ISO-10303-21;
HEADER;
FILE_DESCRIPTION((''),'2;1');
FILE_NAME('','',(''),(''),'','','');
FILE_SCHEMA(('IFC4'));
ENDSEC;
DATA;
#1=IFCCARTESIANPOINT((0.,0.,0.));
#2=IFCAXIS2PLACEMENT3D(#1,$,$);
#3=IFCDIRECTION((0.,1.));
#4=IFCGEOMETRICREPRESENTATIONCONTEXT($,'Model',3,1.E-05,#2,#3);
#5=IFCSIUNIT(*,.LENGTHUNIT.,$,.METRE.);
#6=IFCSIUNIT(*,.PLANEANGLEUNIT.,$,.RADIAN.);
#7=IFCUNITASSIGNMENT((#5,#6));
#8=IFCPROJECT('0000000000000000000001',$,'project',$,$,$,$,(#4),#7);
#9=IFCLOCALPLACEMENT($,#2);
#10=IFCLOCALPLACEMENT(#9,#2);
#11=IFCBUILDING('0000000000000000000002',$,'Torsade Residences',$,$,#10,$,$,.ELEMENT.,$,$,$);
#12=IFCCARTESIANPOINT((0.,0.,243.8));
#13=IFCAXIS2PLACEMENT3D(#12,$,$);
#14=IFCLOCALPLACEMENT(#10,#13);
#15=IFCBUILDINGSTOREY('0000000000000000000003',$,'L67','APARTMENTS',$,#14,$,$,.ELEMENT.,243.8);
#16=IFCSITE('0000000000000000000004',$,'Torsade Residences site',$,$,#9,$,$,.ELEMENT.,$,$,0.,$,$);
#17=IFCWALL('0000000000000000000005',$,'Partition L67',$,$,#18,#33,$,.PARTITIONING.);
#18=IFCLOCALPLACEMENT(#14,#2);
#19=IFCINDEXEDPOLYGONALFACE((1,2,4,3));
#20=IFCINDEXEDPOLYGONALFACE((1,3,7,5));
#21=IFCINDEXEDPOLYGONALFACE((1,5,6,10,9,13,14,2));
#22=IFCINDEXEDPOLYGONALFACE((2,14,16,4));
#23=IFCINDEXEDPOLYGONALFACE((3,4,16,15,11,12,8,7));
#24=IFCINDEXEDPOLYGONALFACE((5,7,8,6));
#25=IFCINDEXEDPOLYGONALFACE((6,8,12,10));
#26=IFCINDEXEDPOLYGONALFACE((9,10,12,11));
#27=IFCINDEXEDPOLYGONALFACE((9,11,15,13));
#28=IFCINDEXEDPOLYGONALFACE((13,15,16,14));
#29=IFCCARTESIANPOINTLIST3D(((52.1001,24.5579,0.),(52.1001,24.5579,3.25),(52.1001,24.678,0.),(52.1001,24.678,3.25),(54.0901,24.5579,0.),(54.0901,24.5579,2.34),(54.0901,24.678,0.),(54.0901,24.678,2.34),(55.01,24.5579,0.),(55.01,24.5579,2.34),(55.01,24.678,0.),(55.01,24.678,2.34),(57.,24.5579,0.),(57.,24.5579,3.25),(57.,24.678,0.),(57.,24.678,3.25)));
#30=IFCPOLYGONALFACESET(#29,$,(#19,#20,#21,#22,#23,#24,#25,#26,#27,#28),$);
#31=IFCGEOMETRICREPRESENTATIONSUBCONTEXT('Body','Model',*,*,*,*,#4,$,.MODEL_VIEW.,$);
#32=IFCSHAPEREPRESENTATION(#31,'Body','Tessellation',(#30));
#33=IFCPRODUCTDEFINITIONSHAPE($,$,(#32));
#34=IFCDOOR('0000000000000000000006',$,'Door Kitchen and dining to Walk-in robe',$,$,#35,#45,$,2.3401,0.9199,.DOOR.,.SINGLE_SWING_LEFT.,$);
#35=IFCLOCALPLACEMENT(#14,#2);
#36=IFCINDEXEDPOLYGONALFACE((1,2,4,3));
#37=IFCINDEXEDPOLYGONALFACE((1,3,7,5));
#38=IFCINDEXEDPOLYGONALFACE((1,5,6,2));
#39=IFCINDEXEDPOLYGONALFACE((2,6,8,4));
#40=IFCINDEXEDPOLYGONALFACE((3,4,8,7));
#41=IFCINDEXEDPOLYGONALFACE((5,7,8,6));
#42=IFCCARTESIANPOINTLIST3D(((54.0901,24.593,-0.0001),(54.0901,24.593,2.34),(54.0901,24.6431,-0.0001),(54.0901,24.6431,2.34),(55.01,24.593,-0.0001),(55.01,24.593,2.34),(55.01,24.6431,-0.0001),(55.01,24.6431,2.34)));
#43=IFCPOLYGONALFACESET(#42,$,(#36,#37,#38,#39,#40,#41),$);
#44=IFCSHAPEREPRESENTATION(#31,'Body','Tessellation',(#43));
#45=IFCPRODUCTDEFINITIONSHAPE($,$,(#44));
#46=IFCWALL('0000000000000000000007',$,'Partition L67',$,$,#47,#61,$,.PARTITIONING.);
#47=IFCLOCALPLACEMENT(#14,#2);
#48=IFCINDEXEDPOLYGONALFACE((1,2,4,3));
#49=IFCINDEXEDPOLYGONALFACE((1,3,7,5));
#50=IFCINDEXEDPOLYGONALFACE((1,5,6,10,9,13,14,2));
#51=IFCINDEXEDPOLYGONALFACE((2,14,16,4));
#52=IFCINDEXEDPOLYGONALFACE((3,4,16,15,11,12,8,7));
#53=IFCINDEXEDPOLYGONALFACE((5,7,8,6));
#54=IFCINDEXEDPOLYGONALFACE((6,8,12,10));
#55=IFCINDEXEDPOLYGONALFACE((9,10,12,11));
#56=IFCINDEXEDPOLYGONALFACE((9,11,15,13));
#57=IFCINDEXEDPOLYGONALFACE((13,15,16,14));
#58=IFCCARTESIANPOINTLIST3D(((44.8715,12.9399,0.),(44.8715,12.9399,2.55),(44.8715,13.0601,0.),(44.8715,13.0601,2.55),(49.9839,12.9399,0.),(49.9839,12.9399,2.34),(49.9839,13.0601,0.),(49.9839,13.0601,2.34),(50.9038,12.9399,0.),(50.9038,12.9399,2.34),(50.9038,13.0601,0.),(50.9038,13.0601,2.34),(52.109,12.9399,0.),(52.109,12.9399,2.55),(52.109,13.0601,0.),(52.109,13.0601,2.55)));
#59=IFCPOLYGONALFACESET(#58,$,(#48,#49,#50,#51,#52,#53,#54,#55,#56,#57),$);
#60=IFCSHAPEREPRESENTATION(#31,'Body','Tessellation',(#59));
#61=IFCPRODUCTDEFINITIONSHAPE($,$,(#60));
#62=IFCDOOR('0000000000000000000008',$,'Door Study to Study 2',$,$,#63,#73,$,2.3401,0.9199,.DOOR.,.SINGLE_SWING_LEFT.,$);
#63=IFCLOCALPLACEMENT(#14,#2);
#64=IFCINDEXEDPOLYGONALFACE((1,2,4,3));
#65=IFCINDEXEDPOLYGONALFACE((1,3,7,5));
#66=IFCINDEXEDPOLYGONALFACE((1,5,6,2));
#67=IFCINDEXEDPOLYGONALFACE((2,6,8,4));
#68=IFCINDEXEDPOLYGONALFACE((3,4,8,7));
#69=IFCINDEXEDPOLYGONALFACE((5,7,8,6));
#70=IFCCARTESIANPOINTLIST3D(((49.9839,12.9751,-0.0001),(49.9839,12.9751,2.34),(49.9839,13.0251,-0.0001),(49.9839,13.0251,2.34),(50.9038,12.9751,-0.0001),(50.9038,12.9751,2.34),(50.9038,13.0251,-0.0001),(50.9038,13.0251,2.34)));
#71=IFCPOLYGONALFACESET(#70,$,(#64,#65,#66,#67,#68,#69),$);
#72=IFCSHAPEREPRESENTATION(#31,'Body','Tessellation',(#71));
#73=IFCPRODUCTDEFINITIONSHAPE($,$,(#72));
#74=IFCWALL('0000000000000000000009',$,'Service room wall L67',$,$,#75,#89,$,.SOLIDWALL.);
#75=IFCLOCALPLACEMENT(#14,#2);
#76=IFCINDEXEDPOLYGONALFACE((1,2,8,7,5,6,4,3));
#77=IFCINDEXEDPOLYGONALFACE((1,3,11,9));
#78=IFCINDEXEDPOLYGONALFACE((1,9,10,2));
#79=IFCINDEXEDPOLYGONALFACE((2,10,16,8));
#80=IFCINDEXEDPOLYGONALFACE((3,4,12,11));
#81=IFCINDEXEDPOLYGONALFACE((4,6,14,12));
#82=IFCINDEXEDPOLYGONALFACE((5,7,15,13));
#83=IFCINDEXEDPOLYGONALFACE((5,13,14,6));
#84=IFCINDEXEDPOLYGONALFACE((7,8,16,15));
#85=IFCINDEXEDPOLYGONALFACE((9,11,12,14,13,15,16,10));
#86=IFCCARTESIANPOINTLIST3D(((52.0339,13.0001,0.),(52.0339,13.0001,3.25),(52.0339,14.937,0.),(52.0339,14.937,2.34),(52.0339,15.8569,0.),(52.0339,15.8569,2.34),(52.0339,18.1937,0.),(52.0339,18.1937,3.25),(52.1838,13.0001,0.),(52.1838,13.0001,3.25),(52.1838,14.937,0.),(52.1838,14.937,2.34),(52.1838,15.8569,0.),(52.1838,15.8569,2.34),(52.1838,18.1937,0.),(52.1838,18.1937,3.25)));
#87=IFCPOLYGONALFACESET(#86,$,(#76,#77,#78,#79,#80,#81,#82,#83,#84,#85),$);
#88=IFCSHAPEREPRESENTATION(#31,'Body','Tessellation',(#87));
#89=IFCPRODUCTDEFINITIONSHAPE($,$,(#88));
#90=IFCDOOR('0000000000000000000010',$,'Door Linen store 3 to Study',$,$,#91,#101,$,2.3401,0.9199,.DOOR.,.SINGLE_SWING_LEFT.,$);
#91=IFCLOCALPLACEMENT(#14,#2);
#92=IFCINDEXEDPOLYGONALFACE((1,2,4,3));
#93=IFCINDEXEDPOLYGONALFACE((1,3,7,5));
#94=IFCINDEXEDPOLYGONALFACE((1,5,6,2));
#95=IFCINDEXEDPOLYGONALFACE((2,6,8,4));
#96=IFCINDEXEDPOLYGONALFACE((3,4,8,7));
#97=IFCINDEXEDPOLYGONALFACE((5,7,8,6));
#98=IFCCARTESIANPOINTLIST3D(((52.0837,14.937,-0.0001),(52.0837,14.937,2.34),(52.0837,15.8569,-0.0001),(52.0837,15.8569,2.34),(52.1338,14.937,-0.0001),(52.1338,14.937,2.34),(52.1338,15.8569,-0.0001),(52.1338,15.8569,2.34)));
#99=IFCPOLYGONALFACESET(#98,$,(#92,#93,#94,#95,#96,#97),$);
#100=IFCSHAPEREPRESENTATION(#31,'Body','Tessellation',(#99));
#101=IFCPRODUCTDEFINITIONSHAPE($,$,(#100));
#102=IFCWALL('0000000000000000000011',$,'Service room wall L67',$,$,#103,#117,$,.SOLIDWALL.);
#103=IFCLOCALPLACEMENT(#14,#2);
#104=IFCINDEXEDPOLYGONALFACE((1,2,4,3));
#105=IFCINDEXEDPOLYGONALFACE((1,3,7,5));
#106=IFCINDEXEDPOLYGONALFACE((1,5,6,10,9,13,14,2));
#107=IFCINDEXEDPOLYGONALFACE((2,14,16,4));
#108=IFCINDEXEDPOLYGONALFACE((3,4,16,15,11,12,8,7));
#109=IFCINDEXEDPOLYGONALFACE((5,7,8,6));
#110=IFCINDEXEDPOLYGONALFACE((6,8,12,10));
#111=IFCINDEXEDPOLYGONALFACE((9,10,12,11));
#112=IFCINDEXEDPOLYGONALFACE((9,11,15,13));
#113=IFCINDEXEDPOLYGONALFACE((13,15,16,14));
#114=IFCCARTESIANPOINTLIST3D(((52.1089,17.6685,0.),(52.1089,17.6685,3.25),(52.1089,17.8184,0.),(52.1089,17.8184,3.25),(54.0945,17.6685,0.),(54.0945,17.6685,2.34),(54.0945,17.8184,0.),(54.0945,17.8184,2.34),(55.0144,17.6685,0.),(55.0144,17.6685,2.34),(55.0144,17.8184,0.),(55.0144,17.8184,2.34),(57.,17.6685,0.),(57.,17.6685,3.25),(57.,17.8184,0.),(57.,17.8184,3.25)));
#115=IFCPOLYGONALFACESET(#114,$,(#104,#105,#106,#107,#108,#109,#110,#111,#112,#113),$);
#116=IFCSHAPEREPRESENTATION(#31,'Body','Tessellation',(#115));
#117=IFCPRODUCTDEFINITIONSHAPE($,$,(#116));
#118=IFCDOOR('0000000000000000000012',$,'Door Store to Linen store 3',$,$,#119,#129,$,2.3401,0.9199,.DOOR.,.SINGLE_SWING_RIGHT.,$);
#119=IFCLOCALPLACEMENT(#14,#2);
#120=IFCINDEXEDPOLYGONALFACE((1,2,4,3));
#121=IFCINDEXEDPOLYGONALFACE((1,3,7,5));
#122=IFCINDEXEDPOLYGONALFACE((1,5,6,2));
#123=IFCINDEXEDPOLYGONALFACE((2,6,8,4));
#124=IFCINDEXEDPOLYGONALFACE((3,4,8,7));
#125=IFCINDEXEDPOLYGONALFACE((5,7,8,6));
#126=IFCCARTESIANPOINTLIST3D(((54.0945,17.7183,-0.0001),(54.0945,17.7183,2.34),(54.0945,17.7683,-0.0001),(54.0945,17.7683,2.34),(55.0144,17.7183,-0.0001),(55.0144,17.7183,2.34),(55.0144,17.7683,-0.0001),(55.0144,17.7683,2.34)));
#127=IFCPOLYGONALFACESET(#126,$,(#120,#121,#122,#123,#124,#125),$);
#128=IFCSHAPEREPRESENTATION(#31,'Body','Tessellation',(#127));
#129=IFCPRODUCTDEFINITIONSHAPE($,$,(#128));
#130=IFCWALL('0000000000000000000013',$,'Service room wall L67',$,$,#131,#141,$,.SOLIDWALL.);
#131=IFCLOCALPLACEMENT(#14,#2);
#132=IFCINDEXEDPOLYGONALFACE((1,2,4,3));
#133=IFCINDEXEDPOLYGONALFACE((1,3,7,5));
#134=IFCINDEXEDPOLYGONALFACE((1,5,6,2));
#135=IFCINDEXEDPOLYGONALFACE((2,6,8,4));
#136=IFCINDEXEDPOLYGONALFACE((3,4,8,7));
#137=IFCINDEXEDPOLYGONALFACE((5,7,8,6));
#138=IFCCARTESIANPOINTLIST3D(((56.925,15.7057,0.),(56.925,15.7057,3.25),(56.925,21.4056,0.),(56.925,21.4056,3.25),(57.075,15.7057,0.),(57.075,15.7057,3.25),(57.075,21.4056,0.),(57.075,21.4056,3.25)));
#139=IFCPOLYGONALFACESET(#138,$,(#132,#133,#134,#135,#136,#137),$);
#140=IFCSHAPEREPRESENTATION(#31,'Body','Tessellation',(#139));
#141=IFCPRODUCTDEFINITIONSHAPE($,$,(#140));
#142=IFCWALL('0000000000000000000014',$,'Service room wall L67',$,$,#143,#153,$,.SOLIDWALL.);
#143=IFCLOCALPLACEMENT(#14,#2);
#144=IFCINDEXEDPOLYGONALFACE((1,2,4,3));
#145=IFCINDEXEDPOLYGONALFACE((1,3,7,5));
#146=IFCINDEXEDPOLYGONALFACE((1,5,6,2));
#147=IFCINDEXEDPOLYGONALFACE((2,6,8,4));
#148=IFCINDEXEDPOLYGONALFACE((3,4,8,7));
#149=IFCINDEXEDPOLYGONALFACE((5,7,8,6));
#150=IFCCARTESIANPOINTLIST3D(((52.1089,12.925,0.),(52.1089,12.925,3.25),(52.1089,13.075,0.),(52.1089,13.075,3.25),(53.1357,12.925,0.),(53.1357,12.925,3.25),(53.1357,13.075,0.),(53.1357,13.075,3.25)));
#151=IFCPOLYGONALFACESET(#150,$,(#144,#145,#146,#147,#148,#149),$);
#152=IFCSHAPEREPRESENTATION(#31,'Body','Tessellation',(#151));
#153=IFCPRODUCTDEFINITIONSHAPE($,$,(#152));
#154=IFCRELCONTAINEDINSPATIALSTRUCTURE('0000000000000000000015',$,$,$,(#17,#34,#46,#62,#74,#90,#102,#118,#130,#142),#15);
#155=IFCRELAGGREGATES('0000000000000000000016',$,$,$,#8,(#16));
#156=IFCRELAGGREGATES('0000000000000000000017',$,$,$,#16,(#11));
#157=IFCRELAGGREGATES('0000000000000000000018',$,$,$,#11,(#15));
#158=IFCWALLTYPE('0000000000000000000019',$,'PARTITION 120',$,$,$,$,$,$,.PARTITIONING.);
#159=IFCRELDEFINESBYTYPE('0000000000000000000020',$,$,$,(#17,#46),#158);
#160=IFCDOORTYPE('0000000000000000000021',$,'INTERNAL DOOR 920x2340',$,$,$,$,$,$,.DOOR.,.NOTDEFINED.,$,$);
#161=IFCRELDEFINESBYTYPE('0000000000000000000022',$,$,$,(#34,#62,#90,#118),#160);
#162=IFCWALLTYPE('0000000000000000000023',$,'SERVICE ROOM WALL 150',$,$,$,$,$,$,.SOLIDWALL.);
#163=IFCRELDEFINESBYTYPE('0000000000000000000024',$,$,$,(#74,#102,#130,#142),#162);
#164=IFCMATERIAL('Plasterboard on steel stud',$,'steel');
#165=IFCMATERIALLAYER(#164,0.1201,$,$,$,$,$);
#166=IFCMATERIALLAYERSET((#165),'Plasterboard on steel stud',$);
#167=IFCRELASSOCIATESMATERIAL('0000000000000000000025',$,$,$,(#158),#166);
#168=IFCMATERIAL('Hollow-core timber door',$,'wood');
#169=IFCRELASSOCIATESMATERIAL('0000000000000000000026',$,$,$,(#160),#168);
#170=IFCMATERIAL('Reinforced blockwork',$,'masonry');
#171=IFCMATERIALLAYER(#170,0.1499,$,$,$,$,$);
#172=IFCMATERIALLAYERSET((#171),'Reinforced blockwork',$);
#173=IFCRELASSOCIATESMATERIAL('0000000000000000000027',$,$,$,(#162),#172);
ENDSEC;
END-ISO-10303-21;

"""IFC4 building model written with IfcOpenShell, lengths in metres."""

from ifc_helpers import new_model, si_unit, direction, frame, frame_2d, origin, place, context, subcontext, project, spatial, rectangle, extrude, material, layer, layer_set, type_object, element, fill, save


model = new_model("IFC4")

# Units and contexts
model_context = context("Model", 3, precision=1e-05, world=origin(), true_north=direction((0.0, 1.0)))
body_context = subcontext(model_context, "Body", "Model", "MODEL_VIEW")
ifc_project = project(units=[si_unit("LENGTHUNIT", "METRE"), si_unit("PLANEANGLEUNIT", "RADIAN")], contexts=[model_context])

# Site, building, storey
site_placement = place(None, origin())
site = spatial("IfcSite", under=ifc_project, at=site_placement, Name="Torsade Residences site", CompositionType="ELEMENT", RefElevation=0.0)
building_placement = place(site_placement, origin())
building = spatial("IfcBuilding", under=site, at=building_placement, Name="Torsade Residences", CompositionType="ELEMENT")
storey_placement = place(building_placement, frame((0.0, 0.0, 243.8)))
storey = spatial("IfcBuildingStorey", under=building, at=storey_placement, Name="L67", Description="APARTMENTS", CompositionType="ELEMENT", Elevation=243.8)

# Walls, openings, doors
ifc_material_1 = material(Name="Plasterboard on steel stud", Category="steel")
ifc_layer_1 = layer(ifc_material_1, 0.1201)
ifc_layer_set_1 = layer_set([ifc_layer_1], Name="Plasterboard on steel stud")
wall_type_1 = type_object("IfcWallType", Name="PARTITION 120", PredefinedType="PARTITIONING", material=ifc_layer_set_1)
wall_1_placement = place(storey_placement, frame((57.0, 24.6179, 0.0), z_axis=(0.0, 0.0, 1.0), x_axis=(-1.0, 0.0, 0.0)))
wall_1 = element("IfcWall", 1, at=wall_1_placement, inside=storey, type_object=wall_type_1, Name="Partition L67", PredefinedType="PARTITIONING", context=body_context, shape_type="SweptSolid", body=[
    extrude(rectangle(XDim=4.8999, YDim=0.1201, at=frame_2d((2.45, 0.0))), origin(), (0.0, 0.0, 1.0), 3.25),
])
opening_1_placement = place(wall_1_placement, frame((1.99, 0.0, 0.0)))
opening_1 = element("IfcOpeningElement", 2, at=opening_1_placement, cuts=wall_1, PredefinedType="OPENING", context=body_context, shape_type="SweptSolid", body=[
    extrude(rectangle(XDim=0.9199, YDim=2.3401, at=frame_2d((0.46, 1.1699))), frame((0.0, 0.0701, 0.0), z_axis=(0.0, -1.0, 0.0), x_axis=(1.0, 0.0, 0.0)), (0.0, 0.0, 1.0), 0.1401),
])
ifc_material_2 = material(Name="Hollow-core timber door", Category="wood")
door_type_1 = type_object("IfcDoorType", Name="INTERNAL DOOR 920x2340", OperationType="NOTDEFINED", PredefinedType="DOOR", material=ifc_material_2)
door_1_placement = place(opening_1_placement, origin())
door_1 = element("IfcDoor", 3, at=door_1_placement, inside=storey, type_object=door_type_1, Name="Door Kitchen and dining to Walk-in robe", OperationType="SINGLE_SWING_LEFT", OverallHeight=2.3401, OverallWidth=0.9199, PredefinedType="DOOR", context=body_context, shape_type="SweptSolid", body=[
    extrude(rectangle(XDim=0.9199, YDim=2.3401, at=frame_2d((0.46, 1.1699))), frame((0.0, 0.0249, 0.0), z_axis=(0.0, -1.0, 0.0), x_axis=(1.0, 0.0, 0.0)), (0.0, 0.0, 1.0), 0.05),
])
fill(opening_1, door_1)
wall_2_placement = place(storey_placement, frame((52.1089, 13.0, 0.0), z_axis=(0.0, 0.0, 1.0), x_axis=(-1.0, 0.0, 0.0)))
wall_2 = element("IfcWall", 4, at=wall_2_placement, inside=storey, type_object=wall_type_1, Name="Partition L67", PredefinedType="PARTITIONING", context=body_context, shape_type="SweptSolid", body=[
    extrude(rectangle(XDim=7.2375, YDim=0.1201, at=frame_2d((3.6187, 0.0))), origin(), (0.0, 0.0, 1.0), 2.55),
])
opening_2_placement = place(wall_2_placement, frame((1.2051, 0.0, 0.0)))
opening_2 = element("IfcOpeningElement", 5, at=opening_2_placement, cuts=wall_2, PredefinedType="OPENING", context=body_context, shape_type="SweptSolid", body=[
    extrude(rectangle(XDim=0.9199, YDim=2.3401, at=frame_2d((0.46, 1.1699))), frame((0.0, 0.0701, 0.0), z_axis=(0.0, -1.0, 0.0), x_axis=(1.0, 0.0, 0.0)), (0.0, 0.0, 1.0), 0.1401),
])
door_2_placement = place(opening_2_placement, origin())
door_2 = element("IfcDoor", 6, at=door_2_placement, inside=storey, type_object=door_type_1, Name="Door Study to Study 2", OperationType="SINGLE_SWING_LEFT", OverallHeight=2.3401, OverallWidth=0.9199, PredefinedType="DOOR", context=body_context, shape_type="SweptSolid", body=[
    extrude(rectangle(XDim=0.9199, YDim=2.3401, at=frame_2d((0.46, 1.1699))), frame((0.0, 0.0249, 0.0), z_axis=(0.0, -1.0, 0.0), x_axis=(1.0, 0.0, 0.0)), (0.0, 0.0, 1.0), 0.05),
])
fill(opening_2, door_2)
ifc_material_3 = material(Name="Reinforced blockwork", Category="masonry")
ifc_layer_2 = layer(ifc_material_3, 0.1499)
ifc_layer_set_2 = layer_set([ifc_layer_2], Name="Reinforced blockwork")
wall_type_2 = type_object("IfcWallType", Name="SERVICE ROOM WALL 150", PredefinedType="SOLIDWALL", material=ifc_layer_set_2)
wall_3_placement = place(storey_placement, frame((52.1089, 18.1936, 0.0), z_axis=(0.0, 0.0, 1.0), x_axis=(0.0, -1.0, 0.0)))
wall_3 = element("IfcWall", 7, at=wall_3_placement, inside=storey, type_object=wall_type_2, Name="Service room wall L67", PredefinedType="SOLIDWALL", context=body_context, shape_type="SweptSolid", body=[
    extrude(rectangle(XDim=5.1936, YDim=0.1499, at=frame_2d((2.5967, 0.0))), origin(), (0.0, 0.0, 1.0), 3.25),
])
opening_3_placement = place(wall_3_placement, frame((2.3367, 0.0, 0.0)))
opening_3 = element("IfcOpeningElement", 8, at=opening_3_placement, cuts=wall_3, PredefinedType="OPENING", context=body_context, shape_type="SweptSolid", body=[
    extrude(rectangle(XDim=0.9199, YDim=2.3401, at=frame_2d((0.46, 1.1699))), frame((0.0, 0.085, 0.0), z_axis=(0.0, -1.0, 0.0), x_axis=(1.0, 0.0, 0.0)), (0.0, 0.0, 1.0), 0.1699),
])
door_3_placement = place(opening_3_placement, origin())
door_3 = element("IfcDoor", 9, at=door_3_placement, inside=storey, type_object=door_type_1, Name="Door Linen store 3 to Study", OperationType="SINGLE_SWING_LEFT", OverallHeight=2.3401, OverallWidth=0.9199, PredefinedType="DOOR", context=body_context, shape_type="SweptSolid", body=[
    extrude(rectangle(XDim=0.9199, YDim=2.3401, at=frame_2d((0.46, 1.1699))), frame((0.0, 0.0249, 0.0), z_axis=(0.0, -1.0, 0.0), x_axis=(1.0, 0.0, 0.0)), (0.0, 0.0, 1.0), 0.05),
])
fill(opening_3, door_3)
wall_4_placement = place(storey_placement, frame((52.1089, 17.7434, 0.0), z_axis=(0.0, 0.0, 1.0), x_axis=(1.0, 0.0, 0.0)))
wall_4 = element("IfcWall", 10, at=wall_4_placement, inside=storey, type_object=wall_type_2, Name="Service room wall L67", PredefinedType="SOLIDWALL", context=body_context, shape_type="SweptSolid", body=[
    extrude(rectangle(XDim=4.8911, YDim=0.1499, at=frame_2d((2.4456, 0.0))), origin(), (0.0, 0.0, 1.0), 3.25),
])
opening_4_placement = place(wall_4_placement, frame((1.9856, 0.0, 0.0)))
opening_4 = element("IfcOpeningElement", 11, at=opening_4_placement, cuts=wall_4, PredefinedType="OPENING", context=body_context, shape_type="SweptSolid", body=[
    extrude(rectangle(XDim=0.9199, YDim=2.3401, at=frame_2d((0.46, 1.1699))), frame((0.0, 0.085, 0.0), z_axis=(0.0, -1.0, 0.0), x_axis=(1.0, 0.0, 0.0)), (0.0, 0.0, 1.0), 0.1699),
])
door_4_placement = place(opening_4_placement, origin())
door_4 = element("IfcDoor", 12, at=door_4_placement, inside=storey, type_object=door_type_1, Name="Door Store to Linen store 3", OperationType="SINGLE_SWING_RIGHT", OverallHeight=2.3401, OverallWidth=0.9199, PredefinedType="DOOR", context=body_context, shape_type="SweptSolid", body=[
    extrude(rectangle(XDim=0.9199, YDim=2.3401, at=frame_2d((0.46, 1.1699))), frame((0.0, 0.0249, 0.0), z_axis=(0.0, -1.0, 0.0), x_axis=(1.0, 0.0, 0.0)), (0.0, 0.0, 1.0), 0.05),
])
fill(opening_4, door_4)

# Walls
wall_5_placement = place(storey_placement, frame((57.0, 21.4058, 0.0), z_axis=(0.0, 0.0, 1.0), x_axis=(0.0, -1.0, 0.0)))
element("IfcWall", 13, at=wall_5_placement, inside=storey, type_object=wall_type_2, Name="Service room wall L67", PredefinedType="SOLIDWALL", context=body_context, shape_type="SweptSolid", body=[
    extrude(rectangle(XDim=5.7, YDim=0.1499, at=frame_2d((2.8501, 0.0))), origin(), (0.0, 0.0, 1.0), 3.25),
])
wall_6_placement = place(storey_placement, frame((53.1357, 13.0, 0.0), z_axis=(0.0, 0.0, 1.0), x_axis=(-1.0, 0.0, 0.0)))
element("IfcWall", 14, at=wall_6_placement, inside=storey, type_object=wall_type_2, Name="Service room wall L67", PredefinedType="SOLIDWALL", context=body_context, shape_type="SweptSolid", body=[
    extrude(rectangle(XDim=1.0269, YDim=0.1499, at=frame_2d((0.5134, 0.0))), origin(), (0.0, 0.0, 1.0), 3.25),
])

save(model, "model.ifc")
